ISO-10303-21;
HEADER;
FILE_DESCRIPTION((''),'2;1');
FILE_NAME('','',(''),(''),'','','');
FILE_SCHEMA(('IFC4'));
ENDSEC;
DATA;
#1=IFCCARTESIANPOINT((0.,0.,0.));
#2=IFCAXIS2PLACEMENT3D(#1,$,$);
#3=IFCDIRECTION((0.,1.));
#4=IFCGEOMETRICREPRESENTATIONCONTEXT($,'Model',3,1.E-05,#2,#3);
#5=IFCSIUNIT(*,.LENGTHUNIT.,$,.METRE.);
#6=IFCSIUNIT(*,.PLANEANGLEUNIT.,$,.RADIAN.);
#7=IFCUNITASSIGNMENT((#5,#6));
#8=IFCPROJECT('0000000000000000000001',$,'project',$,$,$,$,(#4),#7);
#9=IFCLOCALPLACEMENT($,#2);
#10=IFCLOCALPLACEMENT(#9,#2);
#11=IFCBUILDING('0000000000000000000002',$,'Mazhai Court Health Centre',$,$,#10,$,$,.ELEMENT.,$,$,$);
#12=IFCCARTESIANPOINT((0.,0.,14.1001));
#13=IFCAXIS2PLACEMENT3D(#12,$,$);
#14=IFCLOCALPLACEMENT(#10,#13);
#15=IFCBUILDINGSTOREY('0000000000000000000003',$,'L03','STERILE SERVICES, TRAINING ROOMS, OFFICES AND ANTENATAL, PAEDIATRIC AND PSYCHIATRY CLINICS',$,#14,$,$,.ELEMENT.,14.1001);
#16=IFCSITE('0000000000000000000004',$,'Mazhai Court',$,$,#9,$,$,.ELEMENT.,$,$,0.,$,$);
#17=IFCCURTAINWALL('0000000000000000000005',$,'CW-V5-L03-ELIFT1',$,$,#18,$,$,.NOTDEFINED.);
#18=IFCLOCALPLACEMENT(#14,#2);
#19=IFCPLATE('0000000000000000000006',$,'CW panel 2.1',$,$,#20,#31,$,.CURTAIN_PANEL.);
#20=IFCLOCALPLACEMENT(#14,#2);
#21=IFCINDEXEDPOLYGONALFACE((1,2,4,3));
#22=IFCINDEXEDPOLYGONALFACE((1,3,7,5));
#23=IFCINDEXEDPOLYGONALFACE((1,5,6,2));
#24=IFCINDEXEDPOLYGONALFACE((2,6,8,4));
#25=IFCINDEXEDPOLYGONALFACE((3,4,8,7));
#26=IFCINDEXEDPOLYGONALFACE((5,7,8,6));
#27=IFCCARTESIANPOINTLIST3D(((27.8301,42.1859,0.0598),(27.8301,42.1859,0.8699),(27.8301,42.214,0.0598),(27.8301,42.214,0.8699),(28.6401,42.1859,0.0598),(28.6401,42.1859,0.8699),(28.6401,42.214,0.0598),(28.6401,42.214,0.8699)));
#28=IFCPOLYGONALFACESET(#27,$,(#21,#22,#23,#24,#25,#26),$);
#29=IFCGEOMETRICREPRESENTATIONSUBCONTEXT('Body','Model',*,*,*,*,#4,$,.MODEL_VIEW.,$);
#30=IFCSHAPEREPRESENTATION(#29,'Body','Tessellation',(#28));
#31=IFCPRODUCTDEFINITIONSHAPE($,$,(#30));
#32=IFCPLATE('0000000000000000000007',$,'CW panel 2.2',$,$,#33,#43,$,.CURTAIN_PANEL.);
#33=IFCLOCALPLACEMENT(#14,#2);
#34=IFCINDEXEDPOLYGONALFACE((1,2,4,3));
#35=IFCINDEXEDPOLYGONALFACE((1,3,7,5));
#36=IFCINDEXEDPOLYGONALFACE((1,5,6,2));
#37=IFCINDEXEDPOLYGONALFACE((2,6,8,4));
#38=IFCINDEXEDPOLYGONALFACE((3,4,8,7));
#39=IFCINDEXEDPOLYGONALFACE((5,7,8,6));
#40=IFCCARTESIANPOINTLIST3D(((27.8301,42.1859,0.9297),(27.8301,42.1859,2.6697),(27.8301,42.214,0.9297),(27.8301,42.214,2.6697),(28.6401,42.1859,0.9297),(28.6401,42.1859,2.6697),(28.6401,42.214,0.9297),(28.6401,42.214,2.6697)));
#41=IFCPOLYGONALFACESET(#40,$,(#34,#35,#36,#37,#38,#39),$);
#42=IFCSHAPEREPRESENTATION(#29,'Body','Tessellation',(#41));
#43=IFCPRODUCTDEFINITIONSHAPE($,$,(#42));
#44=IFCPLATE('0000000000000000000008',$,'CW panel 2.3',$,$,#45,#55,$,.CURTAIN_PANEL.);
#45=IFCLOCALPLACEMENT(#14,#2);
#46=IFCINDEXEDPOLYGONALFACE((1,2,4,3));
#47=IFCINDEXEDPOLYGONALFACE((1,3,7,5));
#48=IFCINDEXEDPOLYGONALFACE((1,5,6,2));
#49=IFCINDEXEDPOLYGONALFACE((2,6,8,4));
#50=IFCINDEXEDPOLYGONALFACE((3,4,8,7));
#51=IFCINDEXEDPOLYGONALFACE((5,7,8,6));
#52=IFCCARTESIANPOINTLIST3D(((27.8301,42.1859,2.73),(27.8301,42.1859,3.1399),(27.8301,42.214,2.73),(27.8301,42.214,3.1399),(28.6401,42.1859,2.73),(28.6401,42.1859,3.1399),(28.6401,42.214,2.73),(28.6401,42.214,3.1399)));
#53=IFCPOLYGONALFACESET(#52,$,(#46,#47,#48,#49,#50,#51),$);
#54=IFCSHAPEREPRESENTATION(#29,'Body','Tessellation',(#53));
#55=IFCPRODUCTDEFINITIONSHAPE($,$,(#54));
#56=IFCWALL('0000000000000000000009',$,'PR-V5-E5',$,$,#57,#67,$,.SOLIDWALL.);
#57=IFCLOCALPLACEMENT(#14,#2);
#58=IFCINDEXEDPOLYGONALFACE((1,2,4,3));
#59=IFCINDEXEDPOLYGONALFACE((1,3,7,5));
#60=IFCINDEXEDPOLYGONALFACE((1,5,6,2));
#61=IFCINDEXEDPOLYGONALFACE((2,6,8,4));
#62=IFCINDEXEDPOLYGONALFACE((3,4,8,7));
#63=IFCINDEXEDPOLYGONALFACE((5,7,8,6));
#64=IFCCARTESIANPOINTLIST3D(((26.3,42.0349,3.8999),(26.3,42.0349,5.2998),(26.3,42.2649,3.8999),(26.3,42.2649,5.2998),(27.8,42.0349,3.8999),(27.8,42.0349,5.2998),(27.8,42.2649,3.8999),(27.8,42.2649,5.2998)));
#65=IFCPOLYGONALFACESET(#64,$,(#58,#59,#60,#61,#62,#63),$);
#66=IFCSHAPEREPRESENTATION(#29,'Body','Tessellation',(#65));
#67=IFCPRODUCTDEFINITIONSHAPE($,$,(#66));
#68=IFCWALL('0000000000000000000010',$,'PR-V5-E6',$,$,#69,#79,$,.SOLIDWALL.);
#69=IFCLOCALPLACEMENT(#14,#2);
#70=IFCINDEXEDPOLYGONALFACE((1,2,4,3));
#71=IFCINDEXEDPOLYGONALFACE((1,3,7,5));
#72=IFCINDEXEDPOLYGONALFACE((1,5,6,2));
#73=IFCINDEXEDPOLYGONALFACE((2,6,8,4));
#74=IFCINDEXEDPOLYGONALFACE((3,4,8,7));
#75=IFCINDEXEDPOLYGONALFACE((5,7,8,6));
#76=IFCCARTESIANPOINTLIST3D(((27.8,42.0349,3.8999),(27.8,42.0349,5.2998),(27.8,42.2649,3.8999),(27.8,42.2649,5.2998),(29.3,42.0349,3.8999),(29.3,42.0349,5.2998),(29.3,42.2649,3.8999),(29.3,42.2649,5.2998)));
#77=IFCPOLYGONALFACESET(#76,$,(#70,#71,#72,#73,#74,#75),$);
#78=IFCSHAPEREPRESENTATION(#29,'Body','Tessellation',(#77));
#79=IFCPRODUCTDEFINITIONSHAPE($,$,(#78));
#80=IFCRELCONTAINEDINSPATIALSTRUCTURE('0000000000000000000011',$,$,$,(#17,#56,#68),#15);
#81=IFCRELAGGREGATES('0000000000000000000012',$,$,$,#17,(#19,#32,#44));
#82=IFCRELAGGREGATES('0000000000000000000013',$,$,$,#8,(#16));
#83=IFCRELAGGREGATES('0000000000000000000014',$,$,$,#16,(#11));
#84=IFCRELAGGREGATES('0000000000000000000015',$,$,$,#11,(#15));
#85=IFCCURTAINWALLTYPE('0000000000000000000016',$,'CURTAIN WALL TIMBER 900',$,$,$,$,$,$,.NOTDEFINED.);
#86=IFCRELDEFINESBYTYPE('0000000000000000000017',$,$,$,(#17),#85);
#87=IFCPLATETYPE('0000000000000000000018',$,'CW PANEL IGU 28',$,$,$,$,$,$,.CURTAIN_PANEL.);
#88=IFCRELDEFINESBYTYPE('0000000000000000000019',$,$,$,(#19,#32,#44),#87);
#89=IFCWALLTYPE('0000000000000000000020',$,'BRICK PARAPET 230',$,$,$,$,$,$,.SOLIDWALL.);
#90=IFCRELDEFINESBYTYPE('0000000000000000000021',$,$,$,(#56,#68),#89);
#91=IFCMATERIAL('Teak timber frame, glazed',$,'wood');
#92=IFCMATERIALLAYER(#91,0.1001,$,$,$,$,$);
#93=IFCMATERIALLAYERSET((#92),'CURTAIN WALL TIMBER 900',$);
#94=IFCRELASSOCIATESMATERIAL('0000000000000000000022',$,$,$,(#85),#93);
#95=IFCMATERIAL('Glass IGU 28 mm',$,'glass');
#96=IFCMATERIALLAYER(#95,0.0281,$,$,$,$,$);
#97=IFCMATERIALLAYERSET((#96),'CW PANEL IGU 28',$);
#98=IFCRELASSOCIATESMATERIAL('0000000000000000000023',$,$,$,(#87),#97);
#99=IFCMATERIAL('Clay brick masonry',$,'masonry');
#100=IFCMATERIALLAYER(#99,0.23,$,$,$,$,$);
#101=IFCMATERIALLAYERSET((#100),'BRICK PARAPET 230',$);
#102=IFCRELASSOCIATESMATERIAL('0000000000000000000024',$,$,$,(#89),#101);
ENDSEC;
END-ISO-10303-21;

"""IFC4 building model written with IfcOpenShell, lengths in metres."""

from ifc_helpers import new_model, si_unit, direction, frame, frame_2d, origin, origin_2d, place, context, subcontext, project, spatial, rectangle, extrude, material, layer, layer_set, type_object, element, aggregate, save


model = new_model("IFC4")

# Units and contexts
model_context = context("Model", 3, precision=1e-05, world=origin(), true_north=direction((0.0, 1.0)))
body_context = subcontext(model_context, "Body", "Model", "MODEL_VIEW")
ifc_project = project(units=[si_unit("LENGTHUNIT", "METRE"), si_unit("PLANEANGLEUNIT", "RADIAN")], contexts=[model_context])

# Site, building, storey
site_placement = place(None, origin())
site = spatial("IfcSite", under=ifc_project, at=site_placement, Name="Mazhai Court", CompositionType="ELEMENT", RefElevation=0.0)
building_placement = place(site_placement, origin())
building = spatial("IfcBuilding", under=site, at=building_placement, Name="Mazhai Court Health Centre", CompositionType="ELEMENT")
storey_placement = place(building_placement, frame((0.0, 0.0, 14.1001)))
storey = spatial("IfcBuildingStorey", under=building, at=storey_placement, Name="L03", Description="STERILE SERVICES, TRAINING ROOMS, OFFICES AND ANTENATAL, PAEDIATRIC AND PSYCHIATRY CLINICS", CompositionType="ELEMENT", Elevation=14.1001)

# Curtain wall, plates
ifc_material_1 = material(Name="Teak timber frame, glazed", Category="wood")
ifc_layer_1 = layer(ifc_material_1, 0.1001)
ifc_layer_set_1 = layer_set([ifc_layer_1], Name="CURTAIN WALL TIMBER 900")
curtain_wall_type = type_object("IfcCurtainWallType", Name="CURTAIN WALL TIMBER 900", PredefinedType="NOTDEFINED", material=ifc_layer_set_1)
curtain_wall_placement = place(storey_placement, origin())
curtain_wall = element("IfcCurtainWall", 1, at=curtain_wall_placement, inside=storey, type_object=curtain_wall_type, Name="CW-V5-L03-ELIFT1", PredefinedType="NOTDEFINED")
ifc_material_2 = material(Name="Glass IGU 28 mm", Category="glass")
ifc_layer_2 = layer(ifc_material_2, 0.0281)
ifc_layer_set_2 = layer_set([ifc_layer_2], Name="CW PANEL IGU 28")
plate_type = type_object("IfcPlateType", Name="CW PANEL IGU 28", PredefinedType="CURTAIN_PANEL", material=ifc_layer_set_2)
plate_1_placement = place(storey_placement, frame((28.2351, 42.2, 0.0598), z_axis=(0.0, 0.0, 1.0), x_axis=(1.0, 0.0, 0.0)))
plate_1 = element("IfcPlate", 2, at=plate_1_placement, type_object=plate_type, Name="CW panel 2.1", PredefinedType="CURTAIN_PANEL", context=body_context, shape_type="SweptSolid", body=[
    extrude(rectangle(XDim=0.8101, YDim=0.0281, at=origin_2d()), origin(), (0.0, 0.0, 1.0), 0.8101),
])
plate_2_placement = place(storey_placement, frame((28.2351, 42.2, 0.9297), z_axis=(0.0, 0.0, 1.0), x_axis=(1.0, 0.0, 0.0)))
plate_2 = element("IfcPlate", 3, at=plate_2_placement, type_object=plate_type, Name="CW panel 2.2", PredefinedType="CURTAIN_PANEL", context=body_context, shape_type="SweptSolid", body=[
    extrude(rectangle(XDim=0.8101, YDim=0.0281, at=origin_2d()), origin(), (0.0, 0.0, 1.0), 1.74),
])
plate_3_placement = place(storey_placement, frame((28.2351, 42.2, 2.73), z_axis=(0.0, 0.0, 1.0), x_axis=(1.0, 0.0, 0.0)))
plate_3 = element("IfcPlate", 4, at=plate_3_placement, type_object=plate_type, Name="CW panel 2.3", PredefinedType="CURTAIN_PANEL", context=body_context, shape_type="SweptSolid", body=[
    extrude(rectangle(XDim=0.8101, YDim=0.0281, at=origin_2d()), origin(), (0.0, 0.0, 1.0), 0.4099),
])
aggregate(curtain_wall, [plate_1, plate_2, plate_3])

# Walls
ifc_material_3 = material(Name="Clay brick masonry", Category="masonry")
ifc_layer_3 = layer(ifc_material_3, 0.23)
ifc_layer_set_3 = layer_set([ifc_layer_3], Name="BRICK PARAPET 230")
wall_type = type_object("IfcWallType", Name="BRICK PARAPET 230", PredefinedType="SOLIDWALL", material=ifc_layer_set_3)
for number, where, z_axis, x_axis, name in (
    (5, (26.3, 42.1499, 3.8999), (0.0, 0.0, 1.0), (1.0, 0.0, 0.0), "PR-V5-E5"),
    (6, (27.8, 42.1499, 3.8999), (0.0, 0.0, 1.0), (1.0, 0.0, 0.0), "PR-V5-E6"),
):
    element("IfcWall", number, at=place(storey_placement, frame(where, z_axis=z_axis, x_axis=x_axis)), inside=storey, type_object=wall_type, Name=name, PredefinedType="SOLIDWALL", context=body_context, shape_type="SweptSolid", body=[
        extrude(rectangle(XDim=1.5, YDim=0.23, at=frame_2d((0.75, 0.0))), origin(), (0.0, 0.0, 1.0), 1.3999),
    ])

save(model, "model.ifc")
